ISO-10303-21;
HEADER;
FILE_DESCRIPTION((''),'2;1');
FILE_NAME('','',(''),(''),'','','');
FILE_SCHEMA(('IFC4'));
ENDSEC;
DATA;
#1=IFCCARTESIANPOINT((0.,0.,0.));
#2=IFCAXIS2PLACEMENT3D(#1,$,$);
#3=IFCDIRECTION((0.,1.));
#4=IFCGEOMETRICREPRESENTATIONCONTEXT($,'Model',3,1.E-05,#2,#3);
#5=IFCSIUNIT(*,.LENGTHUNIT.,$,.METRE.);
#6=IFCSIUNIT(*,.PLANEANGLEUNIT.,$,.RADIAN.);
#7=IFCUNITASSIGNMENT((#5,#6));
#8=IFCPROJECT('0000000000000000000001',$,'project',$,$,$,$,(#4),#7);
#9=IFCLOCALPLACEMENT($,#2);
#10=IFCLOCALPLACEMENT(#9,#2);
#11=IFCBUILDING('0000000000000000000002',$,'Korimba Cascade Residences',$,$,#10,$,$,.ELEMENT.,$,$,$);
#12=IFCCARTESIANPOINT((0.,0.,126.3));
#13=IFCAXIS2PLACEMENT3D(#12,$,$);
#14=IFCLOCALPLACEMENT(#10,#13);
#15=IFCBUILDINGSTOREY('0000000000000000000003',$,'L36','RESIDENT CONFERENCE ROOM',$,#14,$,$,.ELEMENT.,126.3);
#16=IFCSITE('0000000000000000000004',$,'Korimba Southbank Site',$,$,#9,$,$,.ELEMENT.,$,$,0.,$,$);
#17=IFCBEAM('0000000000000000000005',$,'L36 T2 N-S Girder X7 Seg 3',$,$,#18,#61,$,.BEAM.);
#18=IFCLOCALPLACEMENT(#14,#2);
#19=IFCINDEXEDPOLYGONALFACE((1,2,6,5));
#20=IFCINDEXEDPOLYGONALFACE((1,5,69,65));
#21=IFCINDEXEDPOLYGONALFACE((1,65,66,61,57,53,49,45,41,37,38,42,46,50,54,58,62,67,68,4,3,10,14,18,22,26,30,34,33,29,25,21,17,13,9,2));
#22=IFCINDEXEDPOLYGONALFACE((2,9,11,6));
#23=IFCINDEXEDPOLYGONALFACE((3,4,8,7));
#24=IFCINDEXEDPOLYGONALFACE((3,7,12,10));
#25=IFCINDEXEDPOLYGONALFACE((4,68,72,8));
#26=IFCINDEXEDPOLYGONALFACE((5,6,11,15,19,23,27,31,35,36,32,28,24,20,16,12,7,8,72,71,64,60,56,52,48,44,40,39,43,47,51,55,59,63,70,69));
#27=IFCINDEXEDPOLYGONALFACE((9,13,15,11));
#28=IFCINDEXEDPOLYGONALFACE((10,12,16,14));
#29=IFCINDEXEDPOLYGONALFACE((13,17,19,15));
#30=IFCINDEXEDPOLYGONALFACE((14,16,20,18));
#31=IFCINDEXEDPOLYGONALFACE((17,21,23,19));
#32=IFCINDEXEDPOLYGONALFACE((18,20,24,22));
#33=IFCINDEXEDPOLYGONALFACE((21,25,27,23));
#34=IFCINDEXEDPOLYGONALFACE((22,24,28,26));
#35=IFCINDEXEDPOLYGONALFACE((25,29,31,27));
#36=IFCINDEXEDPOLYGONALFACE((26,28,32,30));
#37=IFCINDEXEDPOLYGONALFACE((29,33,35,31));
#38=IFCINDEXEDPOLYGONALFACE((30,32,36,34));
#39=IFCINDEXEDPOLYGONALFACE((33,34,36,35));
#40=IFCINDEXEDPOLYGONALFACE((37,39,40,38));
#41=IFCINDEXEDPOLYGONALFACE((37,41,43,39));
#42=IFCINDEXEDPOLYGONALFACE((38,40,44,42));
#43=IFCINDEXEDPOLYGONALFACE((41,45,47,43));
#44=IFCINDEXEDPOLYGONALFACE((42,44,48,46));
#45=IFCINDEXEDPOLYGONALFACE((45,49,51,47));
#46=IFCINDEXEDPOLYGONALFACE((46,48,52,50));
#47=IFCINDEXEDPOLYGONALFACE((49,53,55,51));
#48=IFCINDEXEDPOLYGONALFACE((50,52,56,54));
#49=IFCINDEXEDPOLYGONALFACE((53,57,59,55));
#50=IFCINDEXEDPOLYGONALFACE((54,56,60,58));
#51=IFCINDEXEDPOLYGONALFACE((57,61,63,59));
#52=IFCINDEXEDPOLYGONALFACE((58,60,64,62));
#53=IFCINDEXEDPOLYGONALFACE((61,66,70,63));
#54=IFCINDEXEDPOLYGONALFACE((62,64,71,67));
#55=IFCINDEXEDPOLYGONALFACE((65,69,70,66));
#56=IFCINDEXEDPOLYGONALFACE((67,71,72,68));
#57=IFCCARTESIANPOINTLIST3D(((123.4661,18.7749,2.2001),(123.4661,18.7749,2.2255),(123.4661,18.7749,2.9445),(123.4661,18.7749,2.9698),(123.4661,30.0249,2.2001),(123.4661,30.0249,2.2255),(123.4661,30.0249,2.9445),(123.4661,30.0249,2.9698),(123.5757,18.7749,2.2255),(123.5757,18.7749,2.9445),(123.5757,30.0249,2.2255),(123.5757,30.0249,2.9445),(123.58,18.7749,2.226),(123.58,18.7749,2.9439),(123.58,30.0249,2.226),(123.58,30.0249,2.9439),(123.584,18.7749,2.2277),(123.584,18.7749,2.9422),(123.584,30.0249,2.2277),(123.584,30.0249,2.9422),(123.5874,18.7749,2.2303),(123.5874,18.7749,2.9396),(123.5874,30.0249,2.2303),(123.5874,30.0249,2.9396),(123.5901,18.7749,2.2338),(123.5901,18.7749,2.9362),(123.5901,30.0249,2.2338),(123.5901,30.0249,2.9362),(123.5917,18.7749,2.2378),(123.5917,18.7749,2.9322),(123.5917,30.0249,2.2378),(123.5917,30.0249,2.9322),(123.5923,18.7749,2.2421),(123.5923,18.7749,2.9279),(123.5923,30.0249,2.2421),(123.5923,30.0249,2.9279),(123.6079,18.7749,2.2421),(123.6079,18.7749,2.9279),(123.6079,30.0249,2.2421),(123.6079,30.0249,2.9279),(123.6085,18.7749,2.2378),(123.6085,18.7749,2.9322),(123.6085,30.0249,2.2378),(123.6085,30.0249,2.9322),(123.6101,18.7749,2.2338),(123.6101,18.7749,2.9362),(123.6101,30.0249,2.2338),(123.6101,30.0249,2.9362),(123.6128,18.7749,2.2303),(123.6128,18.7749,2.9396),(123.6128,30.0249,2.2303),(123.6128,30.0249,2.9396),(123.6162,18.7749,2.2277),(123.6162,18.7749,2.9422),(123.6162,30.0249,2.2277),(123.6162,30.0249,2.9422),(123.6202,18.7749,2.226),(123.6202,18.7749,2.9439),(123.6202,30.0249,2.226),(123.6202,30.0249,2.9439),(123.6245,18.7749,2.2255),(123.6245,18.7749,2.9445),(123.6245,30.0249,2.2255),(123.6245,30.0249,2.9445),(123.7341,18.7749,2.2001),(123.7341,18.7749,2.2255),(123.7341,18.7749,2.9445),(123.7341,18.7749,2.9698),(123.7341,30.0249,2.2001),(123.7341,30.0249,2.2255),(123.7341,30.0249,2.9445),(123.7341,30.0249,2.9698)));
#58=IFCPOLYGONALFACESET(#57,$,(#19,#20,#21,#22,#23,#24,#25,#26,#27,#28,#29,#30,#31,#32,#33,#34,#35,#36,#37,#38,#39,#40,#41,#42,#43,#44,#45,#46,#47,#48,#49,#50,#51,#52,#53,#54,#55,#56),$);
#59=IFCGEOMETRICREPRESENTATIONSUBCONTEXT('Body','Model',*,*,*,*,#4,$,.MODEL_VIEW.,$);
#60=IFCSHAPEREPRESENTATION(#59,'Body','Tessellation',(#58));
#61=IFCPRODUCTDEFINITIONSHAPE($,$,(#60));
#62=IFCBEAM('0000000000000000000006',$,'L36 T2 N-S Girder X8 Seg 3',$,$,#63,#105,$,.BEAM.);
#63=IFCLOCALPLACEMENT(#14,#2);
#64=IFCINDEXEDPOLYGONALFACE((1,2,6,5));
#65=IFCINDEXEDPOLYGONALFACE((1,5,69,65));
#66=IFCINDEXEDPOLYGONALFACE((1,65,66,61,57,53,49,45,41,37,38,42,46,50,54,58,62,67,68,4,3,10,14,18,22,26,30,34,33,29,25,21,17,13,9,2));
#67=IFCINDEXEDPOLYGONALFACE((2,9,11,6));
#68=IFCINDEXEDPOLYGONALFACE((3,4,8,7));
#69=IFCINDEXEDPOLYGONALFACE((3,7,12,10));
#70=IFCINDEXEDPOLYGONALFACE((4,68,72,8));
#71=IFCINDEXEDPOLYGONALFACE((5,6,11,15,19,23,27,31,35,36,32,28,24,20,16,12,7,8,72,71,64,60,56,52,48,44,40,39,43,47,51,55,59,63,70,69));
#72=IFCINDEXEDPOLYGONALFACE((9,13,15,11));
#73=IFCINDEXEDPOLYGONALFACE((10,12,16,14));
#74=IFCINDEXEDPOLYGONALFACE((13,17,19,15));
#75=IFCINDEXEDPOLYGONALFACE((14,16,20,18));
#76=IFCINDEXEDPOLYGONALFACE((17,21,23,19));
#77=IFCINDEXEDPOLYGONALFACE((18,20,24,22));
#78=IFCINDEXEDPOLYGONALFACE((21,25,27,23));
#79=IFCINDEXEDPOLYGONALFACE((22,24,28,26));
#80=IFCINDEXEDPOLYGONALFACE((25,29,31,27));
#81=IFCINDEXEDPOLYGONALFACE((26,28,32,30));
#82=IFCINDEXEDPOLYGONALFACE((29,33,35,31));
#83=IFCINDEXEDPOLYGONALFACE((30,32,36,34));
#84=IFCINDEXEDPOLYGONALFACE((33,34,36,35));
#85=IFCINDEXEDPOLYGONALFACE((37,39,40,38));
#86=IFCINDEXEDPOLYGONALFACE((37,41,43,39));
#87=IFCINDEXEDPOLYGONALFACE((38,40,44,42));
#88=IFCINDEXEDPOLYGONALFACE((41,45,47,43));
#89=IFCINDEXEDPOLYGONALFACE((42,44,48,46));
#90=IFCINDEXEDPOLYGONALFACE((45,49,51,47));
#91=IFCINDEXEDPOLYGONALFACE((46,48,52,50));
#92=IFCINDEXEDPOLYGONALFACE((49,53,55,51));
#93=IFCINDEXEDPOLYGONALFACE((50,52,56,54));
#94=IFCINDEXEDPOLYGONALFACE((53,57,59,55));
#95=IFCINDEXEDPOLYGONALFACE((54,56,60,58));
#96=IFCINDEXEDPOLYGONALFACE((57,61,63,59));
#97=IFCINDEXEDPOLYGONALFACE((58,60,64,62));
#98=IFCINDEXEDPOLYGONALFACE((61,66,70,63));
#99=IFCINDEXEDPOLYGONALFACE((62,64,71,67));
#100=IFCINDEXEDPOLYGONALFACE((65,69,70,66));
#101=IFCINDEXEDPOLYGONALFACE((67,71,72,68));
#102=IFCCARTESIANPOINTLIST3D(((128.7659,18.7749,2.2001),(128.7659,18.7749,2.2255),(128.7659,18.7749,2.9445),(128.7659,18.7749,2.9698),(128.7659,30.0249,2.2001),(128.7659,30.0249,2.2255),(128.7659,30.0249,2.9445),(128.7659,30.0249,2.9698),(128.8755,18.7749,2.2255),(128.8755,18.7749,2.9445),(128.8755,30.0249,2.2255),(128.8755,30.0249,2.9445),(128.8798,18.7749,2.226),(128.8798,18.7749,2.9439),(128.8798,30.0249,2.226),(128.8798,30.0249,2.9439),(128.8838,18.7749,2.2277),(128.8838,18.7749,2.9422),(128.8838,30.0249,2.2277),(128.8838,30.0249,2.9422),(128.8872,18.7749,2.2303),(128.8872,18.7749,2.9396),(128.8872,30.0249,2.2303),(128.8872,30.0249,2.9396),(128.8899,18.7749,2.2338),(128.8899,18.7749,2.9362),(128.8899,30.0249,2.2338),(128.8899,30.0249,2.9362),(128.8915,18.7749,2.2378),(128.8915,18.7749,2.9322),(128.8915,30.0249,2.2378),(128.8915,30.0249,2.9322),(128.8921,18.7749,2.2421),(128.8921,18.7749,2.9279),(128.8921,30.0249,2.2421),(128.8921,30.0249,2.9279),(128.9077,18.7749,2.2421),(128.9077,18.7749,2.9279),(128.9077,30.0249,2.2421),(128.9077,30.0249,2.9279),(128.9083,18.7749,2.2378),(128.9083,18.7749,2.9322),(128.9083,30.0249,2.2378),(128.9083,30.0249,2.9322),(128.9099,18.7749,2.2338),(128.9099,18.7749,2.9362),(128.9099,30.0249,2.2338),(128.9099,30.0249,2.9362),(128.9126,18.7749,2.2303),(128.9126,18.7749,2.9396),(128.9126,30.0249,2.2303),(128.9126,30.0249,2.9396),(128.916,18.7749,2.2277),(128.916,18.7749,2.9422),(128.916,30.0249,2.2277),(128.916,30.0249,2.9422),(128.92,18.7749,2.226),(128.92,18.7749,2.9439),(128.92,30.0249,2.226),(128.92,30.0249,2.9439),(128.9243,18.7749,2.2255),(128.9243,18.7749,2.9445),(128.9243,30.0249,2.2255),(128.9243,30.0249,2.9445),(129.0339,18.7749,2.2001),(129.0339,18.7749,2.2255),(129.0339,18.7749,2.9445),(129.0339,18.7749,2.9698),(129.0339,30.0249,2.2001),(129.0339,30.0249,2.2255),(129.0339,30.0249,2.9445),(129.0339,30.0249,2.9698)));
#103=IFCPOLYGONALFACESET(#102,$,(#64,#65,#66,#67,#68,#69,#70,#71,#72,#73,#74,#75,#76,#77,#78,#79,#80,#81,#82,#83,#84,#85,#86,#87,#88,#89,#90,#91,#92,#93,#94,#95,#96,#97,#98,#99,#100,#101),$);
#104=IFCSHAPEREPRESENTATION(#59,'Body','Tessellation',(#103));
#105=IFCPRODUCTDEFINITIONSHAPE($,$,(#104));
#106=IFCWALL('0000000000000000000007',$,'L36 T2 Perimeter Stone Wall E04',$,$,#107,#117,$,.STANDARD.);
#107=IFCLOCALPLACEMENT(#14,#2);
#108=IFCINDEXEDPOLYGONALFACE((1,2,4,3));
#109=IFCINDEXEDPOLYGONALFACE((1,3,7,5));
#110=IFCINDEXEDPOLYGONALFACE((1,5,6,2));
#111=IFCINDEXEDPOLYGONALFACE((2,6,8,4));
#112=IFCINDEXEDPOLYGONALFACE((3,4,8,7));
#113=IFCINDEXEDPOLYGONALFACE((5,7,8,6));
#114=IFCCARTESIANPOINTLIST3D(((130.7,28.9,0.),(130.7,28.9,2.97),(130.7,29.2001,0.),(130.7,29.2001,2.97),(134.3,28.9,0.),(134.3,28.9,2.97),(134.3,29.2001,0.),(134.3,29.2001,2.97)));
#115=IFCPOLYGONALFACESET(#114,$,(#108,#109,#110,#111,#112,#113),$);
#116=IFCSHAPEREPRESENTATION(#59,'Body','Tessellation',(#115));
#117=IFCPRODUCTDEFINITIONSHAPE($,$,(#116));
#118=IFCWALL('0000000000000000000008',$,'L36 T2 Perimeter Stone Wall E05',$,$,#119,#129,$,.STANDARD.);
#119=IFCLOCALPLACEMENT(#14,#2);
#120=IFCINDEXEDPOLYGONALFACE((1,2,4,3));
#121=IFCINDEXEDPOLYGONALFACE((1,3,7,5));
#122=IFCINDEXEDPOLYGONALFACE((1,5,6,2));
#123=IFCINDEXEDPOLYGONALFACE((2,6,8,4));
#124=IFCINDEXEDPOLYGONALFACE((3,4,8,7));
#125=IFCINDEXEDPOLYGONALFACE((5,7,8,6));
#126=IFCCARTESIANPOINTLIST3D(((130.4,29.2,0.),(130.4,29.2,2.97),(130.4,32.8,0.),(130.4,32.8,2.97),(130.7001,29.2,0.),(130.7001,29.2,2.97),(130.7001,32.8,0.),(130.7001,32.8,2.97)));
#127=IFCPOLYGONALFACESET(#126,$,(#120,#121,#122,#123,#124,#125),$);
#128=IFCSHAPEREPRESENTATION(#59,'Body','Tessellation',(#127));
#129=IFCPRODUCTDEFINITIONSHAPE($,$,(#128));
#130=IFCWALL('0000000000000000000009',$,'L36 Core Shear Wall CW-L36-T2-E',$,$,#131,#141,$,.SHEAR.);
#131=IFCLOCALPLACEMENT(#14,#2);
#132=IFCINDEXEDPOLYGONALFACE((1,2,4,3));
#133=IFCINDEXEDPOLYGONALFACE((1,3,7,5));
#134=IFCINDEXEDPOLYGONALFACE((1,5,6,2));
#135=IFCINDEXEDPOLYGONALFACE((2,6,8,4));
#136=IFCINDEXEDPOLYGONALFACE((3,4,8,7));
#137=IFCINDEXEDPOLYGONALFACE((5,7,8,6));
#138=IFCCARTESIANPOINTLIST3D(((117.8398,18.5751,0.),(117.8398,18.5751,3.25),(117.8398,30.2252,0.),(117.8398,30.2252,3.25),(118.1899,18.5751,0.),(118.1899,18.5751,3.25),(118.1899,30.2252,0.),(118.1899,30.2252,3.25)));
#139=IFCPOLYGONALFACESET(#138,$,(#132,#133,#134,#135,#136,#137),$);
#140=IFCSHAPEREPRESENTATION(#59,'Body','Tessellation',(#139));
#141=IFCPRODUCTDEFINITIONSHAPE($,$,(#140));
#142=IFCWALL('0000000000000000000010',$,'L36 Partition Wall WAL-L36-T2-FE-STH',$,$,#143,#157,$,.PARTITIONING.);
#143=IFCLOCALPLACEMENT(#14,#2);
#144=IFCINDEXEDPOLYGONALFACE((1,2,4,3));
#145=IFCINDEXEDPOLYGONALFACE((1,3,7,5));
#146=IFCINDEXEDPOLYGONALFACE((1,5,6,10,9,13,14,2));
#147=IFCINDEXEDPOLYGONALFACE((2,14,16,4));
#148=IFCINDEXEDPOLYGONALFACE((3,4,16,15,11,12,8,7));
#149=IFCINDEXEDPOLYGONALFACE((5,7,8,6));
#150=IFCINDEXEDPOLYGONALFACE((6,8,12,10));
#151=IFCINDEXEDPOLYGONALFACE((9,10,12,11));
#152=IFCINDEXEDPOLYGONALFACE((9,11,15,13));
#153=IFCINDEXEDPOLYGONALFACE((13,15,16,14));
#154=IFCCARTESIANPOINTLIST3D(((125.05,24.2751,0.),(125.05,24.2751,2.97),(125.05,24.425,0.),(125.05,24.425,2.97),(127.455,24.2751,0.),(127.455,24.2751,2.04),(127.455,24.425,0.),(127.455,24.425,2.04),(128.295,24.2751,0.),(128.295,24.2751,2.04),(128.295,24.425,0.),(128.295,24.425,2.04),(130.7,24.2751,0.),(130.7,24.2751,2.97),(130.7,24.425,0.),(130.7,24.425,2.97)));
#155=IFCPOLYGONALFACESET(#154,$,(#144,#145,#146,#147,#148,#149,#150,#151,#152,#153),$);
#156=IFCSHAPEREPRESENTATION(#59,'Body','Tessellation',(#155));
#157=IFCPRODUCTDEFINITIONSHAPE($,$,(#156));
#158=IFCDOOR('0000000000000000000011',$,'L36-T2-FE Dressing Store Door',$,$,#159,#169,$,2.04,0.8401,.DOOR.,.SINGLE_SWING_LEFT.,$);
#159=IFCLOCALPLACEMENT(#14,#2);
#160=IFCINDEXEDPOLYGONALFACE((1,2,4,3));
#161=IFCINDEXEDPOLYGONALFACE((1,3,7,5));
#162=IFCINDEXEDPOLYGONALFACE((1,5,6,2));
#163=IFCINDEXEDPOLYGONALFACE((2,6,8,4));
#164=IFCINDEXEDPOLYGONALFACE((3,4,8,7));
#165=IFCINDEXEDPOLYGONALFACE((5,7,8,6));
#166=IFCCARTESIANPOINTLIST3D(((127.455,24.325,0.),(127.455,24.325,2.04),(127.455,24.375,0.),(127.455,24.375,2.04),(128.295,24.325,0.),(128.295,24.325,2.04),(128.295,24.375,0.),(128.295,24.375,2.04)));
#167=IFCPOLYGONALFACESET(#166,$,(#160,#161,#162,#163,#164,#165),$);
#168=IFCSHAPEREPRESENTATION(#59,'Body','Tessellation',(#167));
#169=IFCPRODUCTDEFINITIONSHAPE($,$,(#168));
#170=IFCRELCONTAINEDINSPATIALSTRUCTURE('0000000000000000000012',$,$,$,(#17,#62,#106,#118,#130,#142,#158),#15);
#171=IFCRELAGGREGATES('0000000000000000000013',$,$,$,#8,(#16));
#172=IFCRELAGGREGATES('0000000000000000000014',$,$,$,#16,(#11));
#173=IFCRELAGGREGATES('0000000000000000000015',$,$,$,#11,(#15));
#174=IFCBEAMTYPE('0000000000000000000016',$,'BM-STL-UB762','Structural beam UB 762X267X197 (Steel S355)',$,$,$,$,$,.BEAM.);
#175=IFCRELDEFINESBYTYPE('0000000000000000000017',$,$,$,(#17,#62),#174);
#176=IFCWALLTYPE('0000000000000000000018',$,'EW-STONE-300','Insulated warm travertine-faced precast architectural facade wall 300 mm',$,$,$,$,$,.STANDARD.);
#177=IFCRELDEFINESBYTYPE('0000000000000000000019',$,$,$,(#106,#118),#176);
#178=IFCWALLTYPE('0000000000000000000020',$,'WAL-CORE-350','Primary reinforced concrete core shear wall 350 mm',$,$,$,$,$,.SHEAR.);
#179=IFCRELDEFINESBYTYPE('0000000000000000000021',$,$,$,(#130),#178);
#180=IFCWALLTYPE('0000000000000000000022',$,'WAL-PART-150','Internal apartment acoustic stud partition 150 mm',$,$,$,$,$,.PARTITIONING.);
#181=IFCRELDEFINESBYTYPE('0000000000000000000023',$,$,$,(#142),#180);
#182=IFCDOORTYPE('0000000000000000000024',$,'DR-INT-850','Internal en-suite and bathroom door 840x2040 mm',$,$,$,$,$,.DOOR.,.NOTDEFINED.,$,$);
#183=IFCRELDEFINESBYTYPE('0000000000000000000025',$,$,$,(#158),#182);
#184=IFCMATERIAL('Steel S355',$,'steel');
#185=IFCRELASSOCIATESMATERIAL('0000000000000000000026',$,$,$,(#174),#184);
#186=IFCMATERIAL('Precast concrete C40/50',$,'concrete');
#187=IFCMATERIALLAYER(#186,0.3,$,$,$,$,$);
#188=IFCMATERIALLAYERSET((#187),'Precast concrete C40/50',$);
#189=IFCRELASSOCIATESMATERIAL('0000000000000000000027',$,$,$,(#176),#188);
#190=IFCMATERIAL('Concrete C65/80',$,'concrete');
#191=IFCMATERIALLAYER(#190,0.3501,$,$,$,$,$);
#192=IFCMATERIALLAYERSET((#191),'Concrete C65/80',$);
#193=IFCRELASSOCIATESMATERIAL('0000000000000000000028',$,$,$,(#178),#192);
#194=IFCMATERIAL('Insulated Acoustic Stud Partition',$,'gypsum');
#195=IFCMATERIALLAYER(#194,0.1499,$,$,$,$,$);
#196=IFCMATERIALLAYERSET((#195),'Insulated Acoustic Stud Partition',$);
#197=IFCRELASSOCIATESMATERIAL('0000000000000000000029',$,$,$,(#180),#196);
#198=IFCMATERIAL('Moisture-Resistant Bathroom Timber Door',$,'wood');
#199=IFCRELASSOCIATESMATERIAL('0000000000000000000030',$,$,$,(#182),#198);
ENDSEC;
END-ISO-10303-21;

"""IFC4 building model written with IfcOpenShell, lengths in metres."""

from ifc_helpers import new_model, si_unit, direction, frame, frame_2d, origin, origin_2d, place, context, subcontext, project, spatial, rectangle, i_section, extrude, material, layer, layer_set, material_profile, profile_set, type_object, element, fill, save


model = new_model("IFC4")

# Units and contexts
model_context = context("Model", 3, precision=1e-05, world=origin(), true_north=direction((0.0, 1.0)))
body_context = subcontext(model_context, "Body", "Model", "MODEL_VIEW")
ifc_project = project(units=[si_unit("LENGTHUNIT", "METRE"), si_unit("PLANEANGLEUNIT", "RADIAN")], contexts=[model_context])

# Site, building, storey
site_placement = place(None, origin())
site = spatial("IfcSite", under=ifc_project, at=site_placement, Name="Korimba Southbank Site", CompositionType="ELEMENT", RefElevation=0.0)
building_placement = place(site_placement, origin())
building = spatial("IfcBuilding", under=site, at=building_placement, Name="Korimba Cascade Residences", CompositionType="ELEMENT")
storey_placement = place(building_placement, frame((0.0, 0.0, 126.3)))
storey = spatial("IfcBuildingStorey", under=building, at=storey_placement, Name="L36", Description="RESIDENT CONFERENCE ROOM", CompositionType="ELEMENT", Elevation=126.3)

# Beams
ifc_material_1 = material(Name="Steel S355", Category="steel")
ifc_material_profile = material_profile(ifc_material_1, i_section(OverallWidth=0.2681, OverallDepth=0.7698, WebThickness=0.0156, FlangeThickness=0.0254, FilletRadius=0.0166, at=origin_2d()), Name="Steel S355")
ifc_profile_set = profile_set([ifc_material_profile], Name="Steel S355")
beam_type = type_object("IfcBeamType", Name="BM-STL-UB762", Description="Structural beam UB 762X267X197 (Steel S355)", PredefinedType="BEAM", material=ifc_profile_set)
for number, where, z_axis, x_axis, name in (
    (1, (123.6001, 18.7749, 2.585), (0.0, 1.0, 0.0), (-1.0, 0.0, 0.0), "L36 T2 N-S Girder X7 Seg 3"),
    (2, (128.8999, 18.7749, 2.585), (0.0, 1.0, 0.0), (-1.0, 0.0, 0.0), "L36 T2 N-S Girder X8 Seg 3"),
):
    element("IfcBeam", number, at=place(storey_placement, frame(where, z_axis=z_axis, x_axis=x_axis)), inside=storey, type_object=beam_type, Name=name, PredefinedType="BEAM", context=body_context, shape_type="SweptSolid", body=[
        extrude(i_section(OverallWidth=0.2681, OverallDepth=0.7698, WebThickness=0.0156, FlangeThickness=0.0254, FilletRadius=0.0166, at=origin_2d()), origin(), (0.0, 0.0, 1.0), 11.25),
    ])

# Walls
ifc_material_2 = material(Name="Precast concrete C40/50", Category="concrete")
ifc_layer_1 = layer(ifc_material_2, 0.3)
ifc_layer_set_1 = layer_set([ifc_layer_1], Name="Precast concrete C40/50")
wall_type_1 = type_object("IfcWallType", Name="EW-STONE-300", Description="Insulated warm travertine-faced precast architectural facade wall 300 mm", PredefinedType="STANDARD", material=ifc_layer_set_1)
for number, where, z_axis, x_axis, name in (
    (3, (134.3, 29.05, 0.0), (0.0, 0.0, 1.0), (-1.0, 0.0, 0.0), "L36 T2 Perimeter Stone Wall E04"),
    (4, (130.55, 29.2, 0.0), (0.0, 0.0, 1.0), (0.0, 1.0, 0.0), "L36 T2 Perimeter Stone Wall E05"),
):
    element("IfcWall", number, at=place(storey_placement, frame(where, z_axis=z_axis, x_axis=x_axis)), inside=storey, type_object=wall_type_1, Name=name, PredefinedType="STANDARD", context=body_context, shape_type="SweptSolid", body=[
        extrude(rectangle(XDim=3.6001, YDim=0.3, at=frame_2d((1.8, 0.0))), origin(), (0.0, 0.0, 1.0), 2.97),
    ])
ifc_material_3 = material(Name="Concrete C65/80", Category="concrete")
ifc_layer_2 = layer(ifc_material_3, 0.3501)
ifc_layer_set_2 = layer_set([ifc_layer_2], Name="Concrete C65/80")
wall_type_2 = type_object("IfcWallType", Name="WAL-CORE-350", Description="Primary reinforced concrete core shear wall 350 mm", PredefinedType="SHEAR", material=ifc_layer_set_2)
wall_1_placement = place(storey_placement, frame((118.0149, 18.575, 0.0), z_axis=(0.0, 0.0, 1.0), x_axis=(0.0, 1.0, 0.0)))
element("IfcWall", 5, at=wall_1_placement, inside=storey, type_object=wall_type_2, Name="L36 Core Shear Wall CW-L36-T2-E", PredefinedType="SHEAR", context=body_context, shape_type="SweptSolid", body=[
    extrude(rectangle(XDim=11.6501, YDim=0.3501, at=frame_2d((5.8252, 0.0))), origin(), (0.0, 0.0, 1.0), 3.25),
])

# Wall, opening, door
ifc_material_4 = material(Name="Insulated Acoustic Stud Partition", Category="gypsum")
ifc_layer_3 = layer(ifc_material_4, 0.1499)
ifc_layer_set_3 = layer_set([ifc_layer_3], Name="Insulated Acoustic Stud Partition")
wall_type_3 = type_object("IfcWallType", Name="WAL-PART-150", Description="Internal apartment acoustic stud partition 150 mm", PredefinedType="PARTITIONING", material=ifc_layer_set_3)
wall_2_placement = place(storey_placement, frame((125.05, 24.3501, 0.0), z_axis=(0.0, 0.0, 1.0), x_axis=(1.0, 0.0, 0.0)))
wall_2 = element("IfcWall", 6, at=wall_2_placement, inside=storey, type_object=wall_type_3, Name="L36 Partition Wall WAL-L36-T2-FE-STH", PredefinedType="PARTITIONING", context=body_context, shape_type="SweptSolid", body=[
    extrude(rectangle(XDim=5.6499, YDim=0.1499, at=frame_2d((2.825, 0.0))), origin(), (0.0, 0.0, 1.0), 2.97),
])
opening_1_placement = place(wall_2_placement, frame((2.405, 0.0, 0.0)))
opening_1 = element("IfcOpeningElement", 7, at=opening_1_placement, cuts=wall_2, PredefinedType="OPENING", context=body_context, shape_type="SweptSolid", body=[
    extrude(rectangle(XDim=0.8401, YDim=2.04, at=frame_2d((0.4199, 1.02))), frame((0.0, 0.085, 0.0), z_axis=(0.0, -1.0, 0.0), x_axis=(1.0, 0.0, 0.0)), (0.0, 0.0, 1.0), 0.1699),
])
ifc_material_5 = material(Name="Moisture-Resistant Bathroom Timber Door", Category="wood")
door_type_1 = type_object("IfcDoorType", Name="DR-INT-850", Description="Internal en-suite and bathroom door 840x2040 mm", OperationType="NOTDEFINED", PredefinedType="DOOR", material=ifc_material_5)
door_1_placement = place(opening_1_placement, origin())
door_1 = element("IfcDoor", 8, at=door_1_placement, inside=storey, type_object=door_type_1, Name="L36-T2-FE Dressing Store Door", OperationType="SINGLE_SWING_LEFT", OverallHeight=2.04, OverallWidth=0.8401, PredefinedType="DOOR", context=body_context, shape_type="SweptSolid", body=[
    extrude(rectangle(XDim=0.8401, YDim=2.04, at=frame_2d((0.4199, 1.02))), frame((0.0, 0.0249, 0.0), z_axis=(0.0, -1.0, 0.0), x_axis=(1.0, 0.0, 0.0)), (0.0, 0.0, 1.0), 0.05),
])
fill(opening_1, door_1)

save(model, "model.ifc")
